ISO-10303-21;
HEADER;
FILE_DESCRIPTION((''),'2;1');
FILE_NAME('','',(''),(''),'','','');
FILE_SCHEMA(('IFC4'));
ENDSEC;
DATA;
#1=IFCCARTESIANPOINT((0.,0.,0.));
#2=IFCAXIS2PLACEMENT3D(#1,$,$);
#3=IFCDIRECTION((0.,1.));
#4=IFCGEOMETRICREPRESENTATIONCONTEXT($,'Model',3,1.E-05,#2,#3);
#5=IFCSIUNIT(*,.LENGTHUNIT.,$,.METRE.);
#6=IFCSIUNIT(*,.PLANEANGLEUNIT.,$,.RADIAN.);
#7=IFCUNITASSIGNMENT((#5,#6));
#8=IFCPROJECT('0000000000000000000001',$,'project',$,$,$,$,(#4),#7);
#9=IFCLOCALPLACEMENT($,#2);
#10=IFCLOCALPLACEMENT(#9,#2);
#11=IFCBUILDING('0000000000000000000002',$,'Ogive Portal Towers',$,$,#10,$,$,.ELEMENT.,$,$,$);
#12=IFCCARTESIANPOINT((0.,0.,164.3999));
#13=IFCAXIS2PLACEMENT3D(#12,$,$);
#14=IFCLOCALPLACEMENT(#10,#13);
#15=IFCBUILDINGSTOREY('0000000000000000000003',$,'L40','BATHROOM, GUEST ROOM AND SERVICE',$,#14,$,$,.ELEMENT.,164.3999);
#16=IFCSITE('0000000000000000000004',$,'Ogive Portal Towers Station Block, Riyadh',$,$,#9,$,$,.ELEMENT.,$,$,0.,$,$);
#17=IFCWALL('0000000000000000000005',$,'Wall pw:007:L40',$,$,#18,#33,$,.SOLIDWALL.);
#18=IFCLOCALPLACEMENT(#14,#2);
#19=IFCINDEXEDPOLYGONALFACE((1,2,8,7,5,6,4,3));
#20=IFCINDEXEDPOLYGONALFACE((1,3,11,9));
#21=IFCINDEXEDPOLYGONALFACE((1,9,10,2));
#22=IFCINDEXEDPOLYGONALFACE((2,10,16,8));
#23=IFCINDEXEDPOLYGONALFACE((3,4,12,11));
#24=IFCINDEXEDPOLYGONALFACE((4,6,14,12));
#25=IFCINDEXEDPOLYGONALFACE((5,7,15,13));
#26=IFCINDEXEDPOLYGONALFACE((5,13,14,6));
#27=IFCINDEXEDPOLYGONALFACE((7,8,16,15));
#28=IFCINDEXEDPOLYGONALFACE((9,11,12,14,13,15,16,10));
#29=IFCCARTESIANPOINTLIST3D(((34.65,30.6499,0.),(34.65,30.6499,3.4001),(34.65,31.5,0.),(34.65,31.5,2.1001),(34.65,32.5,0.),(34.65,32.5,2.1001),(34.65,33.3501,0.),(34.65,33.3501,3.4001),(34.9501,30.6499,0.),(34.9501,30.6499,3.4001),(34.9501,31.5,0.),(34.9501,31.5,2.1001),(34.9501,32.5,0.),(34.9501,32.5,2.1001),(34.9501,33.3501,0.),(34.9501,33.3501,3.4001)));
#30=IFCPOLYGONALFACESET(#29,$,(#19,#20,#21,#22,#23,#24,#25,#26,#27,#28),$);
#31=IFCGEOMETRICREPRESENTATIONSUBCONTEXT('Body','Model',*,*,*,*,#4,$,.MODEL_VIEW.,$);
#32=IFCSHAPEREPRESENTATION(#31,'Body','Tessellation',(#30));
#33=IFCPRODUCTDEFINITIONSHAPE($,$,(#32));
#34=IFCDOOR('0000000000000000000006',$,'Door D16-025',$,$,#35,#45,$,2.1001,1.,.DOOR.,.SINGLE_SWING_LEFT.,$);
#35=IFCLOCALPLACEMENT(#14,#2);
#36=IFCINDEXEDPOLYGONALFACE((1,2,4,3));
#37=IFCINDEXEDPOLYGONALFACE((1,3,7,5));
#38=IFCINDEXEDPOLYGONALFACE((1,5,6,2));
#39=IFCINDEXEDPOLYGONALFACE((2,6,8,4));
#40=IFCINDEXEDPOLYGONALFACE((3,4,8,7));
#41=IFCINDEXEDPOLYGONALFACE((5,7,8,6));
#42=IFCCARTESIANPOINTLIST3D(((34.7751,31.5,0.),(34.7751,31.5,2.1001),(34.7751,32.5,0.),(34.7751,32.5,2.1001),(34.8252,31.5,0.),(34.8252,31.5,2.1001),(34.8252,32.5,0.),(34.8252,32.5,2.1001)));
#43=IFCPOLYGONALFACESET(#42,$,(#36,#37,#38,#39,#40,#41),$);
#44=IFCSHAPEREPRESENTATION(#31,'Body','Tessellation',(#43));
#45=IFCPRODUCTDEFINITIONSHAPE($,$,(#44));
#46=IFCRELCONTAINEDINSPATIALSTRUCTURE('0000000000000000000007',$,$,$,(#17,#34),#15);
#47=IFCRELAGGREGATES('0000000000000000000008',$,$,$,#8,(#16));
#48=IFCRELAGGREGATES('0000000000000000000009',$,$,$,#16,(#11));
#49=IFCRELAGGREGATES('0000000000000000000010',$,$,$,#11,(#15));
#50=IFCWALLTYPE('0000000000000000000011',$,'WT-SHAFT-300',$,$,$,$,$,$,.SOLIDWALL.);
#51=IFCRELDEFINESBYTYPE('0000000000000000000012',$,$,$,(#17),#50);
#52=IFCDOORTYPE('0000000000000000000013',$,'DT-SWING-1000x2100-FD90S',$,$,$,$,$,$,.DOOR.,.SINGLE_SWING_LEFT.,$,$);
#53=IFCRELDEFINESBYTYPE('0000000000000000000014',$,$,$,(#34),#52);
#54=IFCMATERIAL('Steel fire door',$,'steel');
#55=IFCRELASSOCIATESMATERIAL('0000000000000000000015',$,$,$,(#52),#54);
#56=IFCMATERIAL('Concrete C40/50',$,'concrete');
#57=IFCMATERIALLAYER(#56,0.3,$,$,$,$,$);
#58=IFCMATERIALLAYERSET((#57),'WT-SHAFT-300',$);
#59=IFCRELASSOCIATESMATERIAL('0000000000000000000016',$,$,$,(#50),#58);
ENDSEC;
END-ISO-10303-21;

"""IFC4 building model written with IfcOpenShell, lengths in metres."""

from ifc_helpers import new_model, si_unit, direction, frame, frame_2d, origin, place, context, subcontext, project, spatial, rectangle, extrude, material, layer, layer_set, type_object, element, fill, save


model = new_model("IFC4")

# Units and contexts
model_context = context("Model", 3, precision=1e-05, world=origin(), true_north=direction((0.0, 1.0)))
body_context = subcontext(model_context, "Body", "Model", "MODEL_VIEW")
ifc_project = project(units=[si_unit("LENGTHUNIT", "METRE"), si_unit("PLANEANGLEUNIT", "RADIAN")], contexts=[model_context])

# Site, building, storey
site_placement = place(None, origin())
site = spatial("IfcSite", under=ifc_project, at=site_placement, Name="Ogive Portal Towers Station Block, Riyadh", CompositionType="ELEMENT", RefElevation=0.0)
building_placement = place(site_placement, origin())
building = spatial("IfcBuilding", under=site, at=building_placement, Name="Ogive Portal Towers", CompositionType="ELEMENT")
storey_placement = place(building_placement, frame((0.0, 0.0, 164.3999)))
storey = spatial("IfcBuildingStorey", under=building, at=storey_placement, Name="L40", Description="BATHROOM, GUEST ROOM AND SERVICE", CompositionType="ELEMENT", Elevation=164.3999)

# Shared definitions
ifc_material_1 = material(Name="Concrete C40/50", Category="concrete")

# Shared definitions
ifc_material_2 = material(Name="Steel fire door", Category="steel")
door_type = type_object("IfcDoorType", Name="DT-SWING-1000x2100-FD90S", OperationType="SINGLE_SWING_LEFT", PredefinedType="DOOR", material=ifc_material_2)

# Wall, opening, door
ifc_layer_1 = layer(ifc_material_1, 0.3)
ifc_layer_set_1 = layer_set([ifc_layer_1], Name="WT-SHAFT-300")
wall_type_1 = type_object("IfcWallType", Name="WT-SHAFT-300", PredefinedType="SOLIDWALL", material=ifc_layer_set_1)
wall_1_placement = place(storey_placement, frame((34.8, 30.6499, 0.0), z_axis=(0.0, 0.0, 1.0), x_axis=(0.0, 1.0, 0.0)))
wall_1 = element("IfcWall", 1, at=wall_1_placement, inside=storey, type_object=wall_type_1, Name="Wall pw:007:L40", PredefinedType="SOLIDWALL", context=body_context, shape_type="SweptSolid", body=[
    extrude(rectangle(XDim=2.7002, YDim=0.3, at=frame_2d((1.3501, 0.0))), origin(), (0.0, 0.0, 1.0), 3.4001),
])
opening_1_placement = place(wall_1_placement, frame((0.8501, 0.0, 0.0)))
opening_1 = element("IfcOpeningElement", 2, at=opening_1_placement, cuts=wall_1, PredefinedType="OPENING", context=body_context, shape_type="SweptSolid", body=[
    extrude(rectangle(XDim=1.0, YDim=2.1001, at=frame_2d((0.5, 1.05))), frame((0.0, 0.1602, 0.0), z_axis=(0.0, -1.0, 0.0), x_axis=(1.0, 0.0, 0.0)), (0.0, 0.0, 1.0), 0.3201),
])
door_1_placement = place(opening_1_placement, origin())
door_1 = element("IfcDoor", 3, at=door_1_placement, inside=storey, type_object=door_type, Name="Door D16-025", OperationType="SINGLE_SWING_LEFT", OverallHeight=2.1001, OverallWidth=1.0, PredefinedType="DOOR", context=body_context, shape_type="SweptSolid", body=[
    extrude(rectangle(XDim=1.0, YDim=2.1001, at=frame_2d((0.5, 1.05))), frame((0.0, 0.0249, 0.0), z_axis=(0.0, -1.0, 0.0), x_axis=(1.0, 0.0, 0.0)), (0.0, 0.0, 1.0), 0.05),
])
fill(opening_1, door_1)

save(model, "model.ifc")
